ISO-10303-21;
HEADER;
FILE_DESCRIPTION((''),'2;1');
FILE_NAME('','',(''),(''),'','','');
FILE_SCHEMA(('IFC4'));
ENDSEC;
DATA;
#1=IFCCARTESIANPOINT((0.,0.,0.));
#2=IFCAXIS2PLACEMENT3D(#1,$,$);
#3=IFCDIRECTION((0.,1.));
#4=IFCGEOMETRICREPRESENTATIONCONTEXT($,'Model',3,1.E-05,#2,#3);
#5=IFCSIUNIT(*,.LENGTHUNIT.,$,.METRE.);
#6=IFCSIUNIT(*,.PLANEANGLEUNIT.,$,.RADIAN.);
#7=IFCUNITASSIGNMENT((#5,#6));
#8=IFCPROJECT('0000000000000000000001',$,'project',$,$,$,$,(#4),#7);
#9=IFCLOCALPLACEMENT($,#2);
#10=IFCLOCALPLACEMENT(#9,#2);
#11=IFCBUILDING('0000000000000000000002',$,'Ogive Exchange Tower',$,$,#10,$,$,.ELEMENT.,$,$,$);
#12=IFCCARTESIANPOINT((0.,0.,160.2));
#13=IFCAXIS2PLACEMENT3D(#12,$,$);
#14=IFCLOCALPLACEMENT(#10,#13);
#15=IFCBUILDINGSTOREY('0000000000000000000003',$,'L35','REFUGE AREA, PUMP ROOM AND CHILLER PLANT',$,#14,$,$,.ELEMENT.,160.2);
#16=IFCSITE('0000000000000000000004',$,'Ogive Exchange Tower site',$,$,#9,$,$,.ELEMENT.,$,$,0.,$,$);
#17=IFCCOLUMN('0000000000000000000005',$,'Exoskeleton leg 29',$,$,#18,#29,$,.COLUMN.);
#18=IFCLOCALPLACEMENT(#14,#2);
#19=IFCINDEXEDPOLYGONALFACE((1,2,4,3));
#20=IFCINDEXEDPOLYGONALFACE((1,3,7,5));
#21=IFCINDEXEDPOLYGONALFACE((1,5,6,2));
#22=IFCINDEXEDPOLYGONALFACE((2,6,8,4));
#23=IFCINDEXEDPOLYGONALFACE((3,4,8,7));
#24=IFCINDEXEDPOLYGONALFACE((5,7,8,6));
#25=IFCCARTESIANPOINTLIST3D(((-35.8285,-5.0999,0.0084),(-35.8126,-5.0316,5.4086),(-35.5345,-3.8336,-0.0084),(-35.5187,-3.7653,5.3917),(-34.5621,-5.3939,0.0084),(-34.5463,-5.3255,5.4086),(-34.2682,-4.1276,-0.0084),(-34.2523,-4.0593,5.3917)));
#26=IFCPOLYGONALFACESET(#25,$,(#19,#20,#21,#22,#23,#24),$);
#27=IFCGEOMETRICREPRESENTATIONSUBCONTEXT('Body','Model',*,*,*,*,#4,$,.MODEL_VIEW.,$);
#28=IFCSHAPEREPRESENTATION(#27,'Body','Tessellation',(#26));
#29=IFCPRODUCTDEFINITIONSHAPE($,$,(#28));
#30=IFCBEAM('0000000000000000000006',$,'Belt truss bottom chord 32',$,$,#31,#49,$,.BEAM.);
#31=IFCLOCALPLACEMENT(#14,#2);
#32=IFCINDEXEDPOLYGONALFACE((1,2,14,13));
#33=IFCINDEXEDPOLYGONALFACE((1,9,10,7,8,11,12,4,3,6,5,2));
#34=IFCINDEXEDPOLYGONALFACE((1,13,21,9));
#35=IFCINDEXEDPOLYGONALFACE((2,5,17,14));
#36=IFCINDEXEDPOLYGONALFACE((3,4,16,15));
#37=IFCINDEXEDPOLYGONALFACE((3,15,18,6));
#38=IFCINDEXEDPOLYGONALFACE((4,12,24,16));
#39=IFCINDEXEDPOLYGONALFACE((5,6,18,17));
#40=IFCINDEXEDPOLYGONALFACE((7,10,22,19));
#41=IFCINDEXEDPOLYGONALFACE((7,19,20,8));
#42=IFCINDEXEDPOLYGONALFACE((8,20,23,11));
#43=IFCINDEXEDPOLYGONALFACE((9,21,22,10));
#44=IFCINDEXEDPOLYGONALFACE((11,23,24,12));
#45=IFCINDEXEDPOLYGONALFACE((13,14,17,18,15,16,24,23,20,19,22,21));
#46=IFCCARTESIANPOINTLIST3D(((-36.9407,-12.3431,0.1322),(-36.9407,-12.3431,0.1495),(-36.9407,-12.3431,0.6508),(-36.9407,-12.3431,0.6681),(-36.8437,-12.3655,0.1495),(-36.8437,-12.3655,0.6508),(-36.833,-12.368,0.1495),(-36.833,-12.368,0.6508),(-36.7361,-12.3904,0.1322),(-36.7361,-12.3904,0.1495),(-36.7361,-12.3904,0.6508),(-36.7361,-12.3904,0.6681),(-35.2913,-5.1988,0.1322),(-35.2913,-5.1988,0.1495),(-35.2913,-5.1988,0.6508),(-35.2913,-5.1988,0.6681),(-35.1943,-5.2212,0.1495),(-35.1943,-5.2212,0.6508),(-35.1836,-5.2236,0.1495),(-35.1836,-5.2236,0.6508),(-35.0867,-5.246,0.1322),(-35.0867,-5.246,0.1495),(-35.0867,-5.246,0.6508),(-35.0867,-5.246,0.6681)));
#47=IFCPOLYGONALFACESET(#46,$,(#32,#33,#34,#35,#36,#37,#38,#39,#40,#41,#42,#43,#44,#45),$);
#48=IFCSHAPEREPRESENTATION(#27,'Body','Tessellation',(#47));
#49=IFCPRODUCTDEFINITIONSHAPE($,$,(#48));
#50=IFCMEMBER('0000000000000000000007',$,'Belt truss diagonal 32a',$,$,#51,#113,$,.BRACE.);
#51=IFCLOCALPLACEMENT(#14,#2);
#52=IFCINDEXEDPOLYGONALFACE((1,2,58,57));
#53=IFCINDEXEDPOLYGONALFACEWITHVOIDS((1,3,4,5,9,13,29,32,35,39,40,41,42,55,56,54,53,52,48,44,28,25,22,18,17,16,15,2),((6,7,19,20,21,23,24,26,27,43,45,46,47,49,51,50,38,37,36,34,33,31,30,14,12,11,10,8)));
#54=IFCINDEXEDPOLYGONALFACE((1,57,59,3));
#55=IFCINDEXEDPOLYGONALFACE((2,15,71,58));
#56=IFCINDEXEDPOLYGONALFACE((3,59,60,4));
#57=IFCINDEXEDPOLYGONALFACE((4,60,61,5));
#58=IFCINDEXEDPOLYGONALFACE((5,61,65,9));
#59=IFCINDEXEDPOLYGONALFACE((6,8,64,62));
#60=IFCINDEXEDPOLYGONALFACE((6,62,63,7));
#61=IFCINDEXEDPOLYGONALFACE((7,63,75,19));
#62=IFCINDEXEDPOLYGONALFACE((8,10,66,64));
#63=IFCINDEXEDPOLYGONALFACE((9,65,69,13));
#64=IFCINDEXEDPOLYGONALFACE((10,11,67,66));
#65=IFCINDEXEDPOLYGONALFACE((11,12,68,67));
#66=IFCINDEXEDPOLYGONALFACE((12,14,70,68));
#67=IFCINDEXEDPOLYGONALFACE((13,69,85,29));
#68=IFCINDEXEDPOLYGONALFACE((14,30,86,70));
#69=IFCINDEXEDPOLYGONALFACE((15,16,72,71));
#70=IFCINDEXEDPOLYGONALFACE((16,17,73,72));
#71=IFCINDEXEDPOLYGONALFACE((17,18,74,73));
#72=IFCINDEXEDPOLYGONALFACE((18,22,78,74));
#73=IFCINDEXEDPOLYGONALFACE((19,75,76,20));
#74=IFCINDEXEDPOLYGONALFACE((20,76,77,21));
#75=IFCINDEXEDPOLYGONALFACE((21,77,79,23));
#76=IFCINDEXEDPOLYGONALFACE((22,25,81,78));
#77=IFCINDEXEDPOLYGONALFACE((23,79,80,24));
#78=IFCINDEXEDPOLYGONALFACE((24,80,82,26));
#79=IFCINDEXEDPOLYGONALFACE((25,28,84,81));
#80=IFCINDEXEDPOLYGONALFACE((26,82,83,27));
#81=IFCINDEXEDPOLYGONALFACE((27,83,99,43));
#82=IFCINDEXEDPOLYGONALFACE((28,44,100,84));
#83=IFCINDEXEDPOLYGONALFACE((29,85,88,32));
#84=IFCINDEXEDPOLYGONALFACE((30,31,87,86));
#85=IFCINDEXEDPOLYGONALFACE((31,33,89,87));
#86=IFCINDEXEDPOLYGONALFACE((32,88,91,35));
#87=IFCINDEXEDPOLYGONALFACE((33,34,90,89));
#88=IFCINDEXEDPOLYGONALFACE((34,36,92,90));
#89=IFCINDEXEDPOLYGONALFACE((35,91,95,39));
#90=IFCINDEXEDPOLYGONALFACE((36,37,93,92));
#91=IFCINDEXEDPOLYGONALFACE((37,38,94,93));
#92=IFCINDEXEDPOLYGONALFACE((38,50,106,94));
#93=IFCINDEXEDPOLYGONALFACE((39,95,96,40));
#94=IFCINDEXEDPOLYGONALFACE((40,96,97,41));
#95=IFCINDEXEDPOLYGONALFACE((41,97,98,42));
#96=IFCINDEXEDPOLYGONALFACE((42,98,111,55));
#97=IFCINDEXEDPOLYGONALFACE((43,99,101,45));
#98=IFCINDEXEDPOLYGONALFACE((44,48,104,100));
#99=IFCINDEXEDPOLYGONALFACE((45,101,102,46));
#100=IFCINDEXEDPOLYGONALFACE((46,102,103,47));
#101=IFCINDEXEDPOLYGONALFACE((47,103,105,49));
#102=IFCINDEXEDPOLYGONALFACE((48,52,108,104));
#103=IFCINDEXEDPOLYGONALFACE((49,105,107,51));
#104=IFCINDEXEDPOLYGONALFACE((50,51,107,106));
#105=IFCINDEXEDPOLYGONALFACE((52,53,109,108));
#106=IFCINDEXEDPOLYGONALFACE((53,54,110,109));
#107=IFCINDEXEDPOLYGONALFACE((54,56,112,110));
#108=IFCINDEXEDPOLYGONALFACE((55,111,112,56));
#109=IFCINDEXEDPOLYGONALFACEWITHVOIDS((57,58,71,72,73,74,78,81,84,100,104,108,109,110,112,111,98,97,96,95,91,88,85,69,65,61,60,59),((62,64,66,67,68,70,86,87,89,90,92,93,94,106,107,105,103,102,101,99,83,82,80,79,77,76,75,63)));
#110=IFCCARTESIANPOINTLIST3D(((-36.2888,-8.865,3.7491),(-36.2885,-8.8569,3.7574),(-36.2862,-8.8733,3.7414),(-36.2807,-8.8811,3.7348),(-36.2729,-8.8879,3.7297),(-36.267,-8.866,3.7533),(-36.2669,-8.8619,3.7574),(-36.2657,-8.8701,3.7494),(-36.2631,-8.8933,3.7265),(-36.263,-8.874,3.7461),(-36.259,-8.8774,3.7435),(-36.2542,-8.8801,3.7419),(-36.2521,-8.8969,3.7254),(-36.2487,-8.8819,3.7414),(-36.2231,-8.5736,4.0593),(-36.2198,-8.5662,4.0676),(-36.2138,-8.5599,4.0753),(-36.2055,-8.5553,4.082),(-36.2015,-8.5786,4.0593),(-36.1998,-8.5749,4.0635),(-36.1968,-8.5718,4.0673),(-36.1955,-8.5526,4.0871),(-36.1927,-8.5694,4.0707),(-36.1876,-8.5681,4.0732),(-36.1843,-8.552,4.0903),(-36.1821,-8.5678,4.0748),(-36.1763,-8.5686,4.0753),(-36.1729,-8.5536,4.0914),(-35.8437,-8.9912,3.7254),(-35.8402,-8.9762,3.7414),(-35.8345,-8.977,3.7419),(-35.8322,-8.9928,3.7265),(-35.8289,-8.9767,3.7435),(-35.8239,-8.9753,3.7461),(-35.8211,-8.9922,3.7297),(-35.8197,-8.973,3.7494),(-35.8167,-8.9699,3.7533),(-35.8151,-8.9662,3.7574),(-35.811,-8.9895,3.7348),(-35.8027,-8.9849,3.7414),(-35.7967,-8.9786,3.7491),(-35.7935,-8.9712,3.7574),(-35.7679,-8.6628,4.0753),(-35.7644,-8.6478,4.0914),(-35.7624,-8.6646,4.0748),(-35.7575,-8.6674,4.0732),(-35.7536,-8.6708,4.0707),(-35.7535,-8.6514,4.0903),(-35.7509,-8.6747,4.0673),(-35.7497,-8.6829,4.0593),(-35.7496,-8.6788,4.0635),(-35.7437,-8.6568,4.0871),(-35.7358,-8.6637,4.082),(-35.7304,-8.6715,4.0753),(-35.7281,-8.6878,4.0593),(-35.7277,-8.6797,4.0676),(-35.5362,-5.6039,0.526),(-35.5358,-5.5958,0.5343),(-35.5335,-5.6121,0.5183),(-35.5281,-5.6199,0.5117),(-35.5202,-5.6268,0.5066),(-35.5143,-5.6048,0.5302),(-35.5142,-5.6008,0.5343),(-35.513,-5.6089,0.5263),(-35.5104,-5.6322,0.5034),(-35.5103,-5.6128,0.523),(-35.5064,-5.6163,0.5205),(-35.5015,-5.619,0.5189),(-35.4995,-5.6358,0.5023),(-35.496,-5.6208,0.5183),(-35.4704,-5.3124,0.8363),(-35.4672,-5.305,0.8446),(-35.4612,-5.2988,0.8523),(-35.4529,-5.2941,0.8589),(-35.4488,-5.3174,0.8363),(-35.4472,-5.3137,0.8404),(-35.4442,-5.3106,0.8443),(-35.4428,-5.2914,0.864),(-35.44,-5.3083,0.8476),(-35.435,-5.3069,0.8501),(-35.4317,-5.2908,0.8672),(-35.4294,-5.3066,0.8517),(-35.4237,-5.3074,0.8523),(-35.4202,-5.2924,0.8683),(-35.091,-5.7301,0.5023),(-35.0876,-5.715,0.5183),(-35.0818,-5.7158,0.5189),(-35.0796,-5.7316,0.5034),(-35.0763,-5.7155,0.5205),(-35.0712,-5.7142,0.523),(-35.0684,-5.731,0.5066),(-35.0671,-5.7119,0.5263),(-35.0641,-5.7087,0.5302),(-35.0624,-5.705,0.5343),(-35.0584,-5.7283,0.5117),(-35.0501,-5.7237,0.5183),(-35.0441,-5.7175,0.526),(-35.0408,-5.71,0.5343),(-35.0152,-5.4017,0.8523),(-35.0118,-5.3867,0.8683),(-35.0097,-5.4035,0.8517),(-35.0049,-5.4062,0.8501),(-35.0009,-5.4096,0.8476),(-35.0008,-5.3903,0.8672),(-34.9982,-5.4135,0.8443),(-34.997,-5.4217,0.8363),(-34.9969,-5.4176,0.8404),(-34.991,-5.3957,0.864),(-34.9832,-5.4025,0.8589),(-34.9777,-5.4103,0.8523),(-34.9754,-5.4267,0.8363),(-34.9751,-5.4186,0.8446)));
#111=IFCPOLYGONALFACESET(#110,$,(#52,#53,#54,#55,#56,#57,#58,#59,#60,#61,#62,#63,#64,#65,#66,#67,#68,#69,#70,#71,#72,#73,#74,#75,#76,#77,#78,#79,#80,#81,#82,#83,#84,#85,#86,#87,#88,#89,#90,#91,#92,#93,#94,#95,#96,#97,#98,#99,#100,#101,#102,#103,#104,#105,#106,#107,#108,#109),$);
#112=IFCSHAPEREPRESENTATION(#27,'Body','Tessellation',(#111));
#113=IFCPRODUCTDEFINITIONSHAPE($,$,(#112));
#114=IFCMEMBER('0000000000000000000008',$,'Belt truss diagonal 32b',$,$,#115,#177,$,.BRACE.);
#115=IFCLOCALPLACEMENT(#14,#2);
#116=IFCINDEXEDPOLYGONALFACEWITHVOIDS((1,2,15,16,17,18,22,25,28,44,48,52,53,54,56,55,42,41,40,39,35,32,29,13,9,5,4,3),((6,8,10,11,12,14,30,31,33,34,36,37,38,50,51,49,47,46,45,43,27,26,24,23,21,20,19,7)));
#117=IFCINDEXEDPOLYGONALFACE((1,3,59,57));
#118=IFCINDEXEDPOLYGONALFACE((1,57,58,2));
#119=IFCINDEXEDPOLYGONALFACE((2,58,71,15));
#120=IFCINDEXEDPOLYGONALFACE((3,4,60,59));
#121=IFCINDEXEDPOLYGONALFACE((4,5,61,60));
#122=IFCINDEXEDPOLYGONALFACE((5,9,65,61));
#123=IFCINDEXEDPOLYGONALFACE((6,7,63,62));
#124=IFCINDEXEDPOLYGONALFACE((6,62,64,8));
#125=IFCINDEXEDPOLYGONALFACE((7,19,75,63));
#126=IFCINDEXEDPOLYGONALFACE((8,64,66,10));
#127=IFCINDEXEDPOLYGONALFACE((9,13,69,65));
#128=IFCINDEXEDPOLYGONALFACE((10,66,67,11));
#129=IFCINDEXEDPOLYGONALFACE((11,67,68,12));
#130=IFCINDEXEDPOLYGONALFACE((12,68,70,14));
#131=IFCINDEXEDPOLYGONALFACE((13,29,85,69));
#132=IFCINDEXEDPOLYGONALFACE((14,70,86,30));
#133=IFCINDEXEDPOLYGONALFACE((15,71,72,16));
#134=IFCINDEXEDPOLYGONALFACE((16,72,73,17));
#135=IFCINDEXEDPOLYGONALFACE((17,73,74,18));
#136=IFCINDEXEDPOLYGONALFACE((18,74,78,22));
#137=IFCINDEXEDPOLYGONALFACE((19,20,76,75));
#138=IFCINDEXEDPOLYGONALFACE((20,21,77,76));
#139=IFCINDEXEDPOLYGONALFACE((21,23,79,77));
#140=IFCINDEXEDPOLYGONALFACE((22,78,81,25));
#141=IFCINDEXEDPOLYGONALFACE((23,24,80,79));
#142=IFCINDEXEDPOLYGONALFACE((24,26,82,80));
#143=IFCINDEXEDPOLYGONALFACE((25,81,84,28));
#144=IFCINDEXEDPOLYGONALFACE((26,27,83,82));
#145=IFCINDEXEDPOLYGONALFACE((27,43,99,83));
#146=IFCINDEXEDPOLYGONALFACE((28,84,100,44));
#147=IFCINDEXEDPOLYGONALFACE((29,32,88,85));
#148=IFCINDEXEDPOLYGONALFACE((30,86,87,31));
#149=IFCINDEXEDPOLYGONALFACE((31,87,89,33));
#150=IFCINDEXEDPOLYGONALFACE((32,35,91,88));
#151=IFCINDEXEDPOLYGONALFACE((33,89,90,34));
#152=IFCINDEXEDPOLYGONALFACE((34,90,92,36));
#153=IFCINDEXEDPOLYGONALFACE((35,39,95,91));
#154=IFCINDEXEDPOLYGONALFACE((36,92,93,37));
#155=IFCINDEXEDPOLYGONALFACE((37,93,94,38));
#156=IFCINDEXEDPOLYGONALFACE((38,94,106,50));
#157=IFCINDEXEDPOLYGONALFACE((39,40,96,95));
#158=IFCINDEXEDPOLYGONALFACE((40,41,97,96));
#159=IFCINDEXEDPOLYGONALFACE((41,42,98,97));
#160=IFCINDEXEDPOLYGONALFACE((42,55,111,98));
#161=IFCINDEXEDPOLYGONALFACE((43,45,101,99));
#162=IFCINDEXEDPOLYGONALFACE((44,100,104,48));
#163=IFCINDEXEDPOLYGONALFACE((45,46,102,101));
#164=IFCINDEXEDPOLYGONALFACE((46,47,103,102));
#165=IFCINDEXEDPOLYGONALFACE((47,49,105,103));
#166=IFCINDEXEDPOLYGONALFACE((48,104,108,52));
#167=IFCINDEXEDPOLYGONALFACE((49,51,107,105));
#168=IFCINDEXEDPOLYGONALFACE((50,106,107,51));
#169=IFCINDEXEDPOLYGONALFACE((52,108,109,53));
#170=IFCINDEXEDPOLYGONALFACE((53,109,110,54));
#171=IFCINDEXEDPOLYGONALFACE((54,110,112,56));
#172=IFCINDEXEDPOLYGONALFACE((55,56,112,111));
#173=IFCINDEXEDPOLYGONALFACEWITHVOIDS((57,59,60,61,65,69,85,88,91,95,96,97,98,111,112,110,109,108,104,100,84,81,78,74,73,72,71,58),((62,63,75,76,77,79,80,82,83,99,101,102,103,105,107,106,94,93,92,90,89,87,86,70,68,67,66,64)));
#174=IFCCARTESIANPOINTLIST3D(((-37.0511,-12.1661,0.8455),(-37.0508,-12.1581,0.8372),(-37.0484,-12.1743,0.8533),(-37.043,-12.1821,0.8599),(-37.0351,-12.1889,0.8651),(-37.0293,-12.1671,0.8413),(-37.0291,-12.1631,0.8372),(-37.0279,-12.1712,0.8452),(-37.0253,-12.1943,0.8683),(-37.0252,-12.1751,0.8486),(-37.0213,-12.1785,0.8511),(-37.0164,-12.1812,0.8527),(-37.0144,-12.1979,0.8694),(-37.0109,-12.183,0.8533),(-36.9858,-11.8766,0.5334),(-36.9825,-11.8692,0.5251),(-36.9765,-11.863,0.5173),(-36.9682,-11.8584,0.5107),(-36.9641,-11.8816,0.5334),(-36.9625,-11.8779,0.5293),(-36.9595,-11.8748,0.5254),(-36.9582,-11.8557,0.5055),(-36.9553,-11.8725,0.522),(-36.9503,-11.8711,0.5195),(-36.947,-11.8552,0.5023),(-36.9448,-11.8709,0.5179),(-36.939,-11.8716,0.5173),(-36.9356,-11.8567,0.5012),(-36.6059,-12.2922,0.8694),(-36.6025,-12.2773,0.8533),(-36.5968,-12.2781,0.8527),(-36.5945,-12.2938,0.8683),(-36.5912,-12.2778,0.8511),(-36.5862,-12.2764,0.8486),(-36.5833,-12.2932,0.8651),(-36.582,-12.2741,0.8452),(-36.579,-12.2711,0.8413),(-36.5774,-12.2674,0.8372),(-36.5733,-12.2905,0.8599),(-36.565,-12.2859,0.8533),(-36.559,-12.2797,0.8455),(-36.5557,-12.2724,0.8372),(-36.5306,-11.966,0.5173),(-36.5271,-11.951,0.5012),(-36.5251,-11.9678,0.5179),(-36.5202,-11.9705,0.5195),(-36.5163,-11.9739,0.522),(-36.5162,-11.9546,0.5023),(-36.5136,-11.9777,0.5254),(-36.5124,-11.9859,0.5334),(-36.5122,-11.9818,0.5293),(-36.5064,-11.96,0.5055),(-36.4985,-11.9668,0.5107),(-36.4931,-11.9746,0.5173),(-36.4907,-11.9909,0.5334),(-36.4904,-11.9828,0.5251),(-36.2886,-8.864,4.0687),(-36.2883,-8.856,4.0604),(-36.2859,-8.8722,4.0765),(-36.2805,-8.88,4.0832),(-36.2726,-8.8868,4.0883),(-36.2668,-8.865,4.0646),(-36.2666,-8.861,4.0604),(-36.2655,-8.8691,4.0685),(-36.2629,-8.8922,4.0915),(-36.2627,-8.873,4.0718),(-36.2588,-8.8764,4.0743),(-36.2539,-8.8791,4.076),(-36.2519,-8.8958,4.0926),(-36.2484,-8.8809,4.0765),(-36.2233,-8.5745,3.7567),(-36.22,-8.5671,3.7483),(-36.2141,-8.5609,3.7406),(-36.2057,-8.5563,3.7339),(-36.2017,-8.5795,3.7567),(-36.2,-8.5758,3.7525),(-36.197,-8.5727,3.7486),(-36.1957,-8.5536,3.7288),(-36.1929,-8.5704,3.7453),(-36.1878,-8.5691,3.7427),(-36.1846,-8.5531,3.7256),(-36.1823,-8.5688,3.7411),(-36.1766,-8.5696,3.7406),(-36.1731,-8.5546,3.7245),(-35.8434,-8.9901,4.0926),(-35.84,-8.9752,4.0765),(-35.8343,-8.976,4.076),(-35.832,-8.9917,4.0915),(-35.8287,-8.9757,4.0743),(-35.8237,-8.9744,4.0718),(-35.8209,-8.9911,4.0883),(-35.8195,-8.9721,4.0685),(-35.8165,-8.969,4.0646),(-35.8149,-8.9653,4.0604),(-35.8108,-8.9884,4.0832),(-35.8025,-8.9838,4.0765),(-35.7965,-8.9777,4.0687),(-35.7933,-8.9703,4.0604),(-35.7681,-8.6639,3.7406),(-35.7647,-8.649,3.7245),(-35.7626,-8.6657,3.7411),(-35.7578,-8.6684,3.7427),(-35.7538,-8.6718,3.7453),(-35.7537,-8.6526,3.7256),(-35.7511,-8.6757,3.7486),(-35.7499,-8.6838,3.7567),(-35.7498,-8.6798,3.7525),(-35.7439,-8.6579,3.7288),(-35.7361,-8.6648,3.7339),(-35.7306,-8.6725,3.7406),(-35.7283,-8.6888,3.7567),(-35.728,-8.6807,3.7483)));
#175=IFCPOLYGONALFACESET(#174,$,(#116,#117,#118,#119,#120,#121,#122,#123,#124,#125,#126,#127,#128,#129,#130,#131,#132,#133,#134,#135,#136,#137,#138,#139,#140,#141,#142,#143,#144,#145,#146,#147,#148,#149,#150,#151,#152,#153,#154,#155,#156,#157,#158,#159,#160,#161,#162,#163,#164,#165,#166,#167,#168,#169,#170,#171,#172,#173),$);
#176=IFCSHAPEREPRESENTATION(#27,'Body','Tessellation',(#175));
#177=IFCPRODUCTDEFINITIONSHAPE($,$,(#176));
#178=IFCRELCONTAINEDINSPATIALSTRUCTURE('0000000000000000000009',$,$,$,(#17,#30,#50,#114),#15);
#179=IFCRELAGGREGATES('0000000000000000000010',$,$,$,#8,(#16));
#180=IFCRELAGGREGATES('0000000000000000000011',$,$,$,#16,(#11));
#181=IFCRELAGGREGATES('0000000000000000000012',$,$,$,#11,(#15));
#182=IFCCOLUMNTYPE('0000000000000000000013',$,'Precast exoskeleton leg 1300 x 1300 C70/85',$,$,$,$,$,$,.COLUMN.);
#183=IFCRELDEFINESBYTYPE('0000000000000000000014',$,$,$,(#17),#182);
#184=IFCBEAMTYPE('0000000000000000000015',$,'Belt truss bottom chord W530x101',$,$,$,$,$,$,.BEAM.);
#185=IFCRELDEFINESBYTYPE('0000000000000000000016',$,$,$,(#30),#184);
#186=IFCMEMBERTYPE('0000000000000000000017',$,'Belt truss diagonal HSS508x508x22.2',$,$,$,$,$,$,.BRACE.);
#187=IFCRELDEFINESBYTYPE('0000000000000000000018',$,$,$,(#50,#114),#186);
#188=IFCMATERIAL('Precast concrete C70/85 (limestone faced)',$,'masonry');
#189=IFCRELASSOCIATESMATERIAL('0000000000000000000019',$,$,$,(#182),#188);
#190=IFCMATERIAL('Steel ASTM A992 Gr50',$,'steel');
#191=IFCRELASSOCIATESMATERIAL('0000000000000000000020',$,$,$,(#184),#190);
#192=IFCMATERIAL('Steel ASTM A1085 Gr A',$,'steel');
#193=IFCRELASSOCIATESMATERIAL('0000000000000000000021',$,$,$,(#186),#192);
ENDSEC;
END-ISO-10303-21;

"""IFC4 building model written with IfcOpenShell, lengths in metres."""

from ifc_helpers import new_model, si_unit, direction, frame, origin, origin_2d, place, context, subcontext, project, spatial, rectangle, hollow_rectangle, i_section, extrude, material, material_profile, profile_set, type_object, element, save


model = new_model("IFC4")

# Units and contexts
model_context = context("Model", 3, precision=1e-05, world=origin(), true_north=direction((0.0, 1.0)))
body_context = subcontext(model_context, "Body", "Model", "MODEL_VIEW")
ifc_project = project(units=[si_unit("LENGTHUNIT", "METRE"), si_unit("PLANEANGLEUNIT", "RADIAN")], contexts=[model_context])

# Site, building, storey
site_placement = place(None, origin())
site = spatial("IfcSite", under=ifc_project, at=site_placement, Name="Ogive Exchange Tower site", CompositionType="ELEMENT", RefElevation=0.0)
building_placement = place(site_placement, origin())
building = spatial("IfcBuilding", under=site, at=building_placement, Name="Ogive Exchange Tower", CompositionType="ELEMENT")
storey_placement = place(building_placement, frame((0.0, 0.0, 160.2)))
storey = spatial("IfcBuildingStorey", under=building, at=storey_placement, Name="L35", Description="REFUGE AREA, PUMP ROOM AND CHILLER PLANT", CompositionType="ELEMENT", Elevation=160.2)

# Column
ifc_material_1 = material(Name="Precast concrete C70/85 (limestone faced)", Category="masonry")
ifc_material_profile_1 = material_profile(ifc_material_1, rectangle(XDim=1.3, YDim=1.3, at=origin_2d()), Name="1300 x 1300")
ifc_profile_set_1 = profile_set([ifc_material_profile_1], Name="Precast concrete C70/85 (limestone faced)")
column_type = type_object("IfcColumnType", Name="Precast exoskeleton leg 1300 x 1300 C70/85", PredefinedType="COLUMN", material=ifc_profile_set_1)
column_placement = place(storey_placement, frame((-35.0483, -4.6138, 0.0), z_axis=(0.002938, 0.012658, 0.999916), x_axis=(-0.974097, 0.22613, 0.0)))
element("IfcColumn", 1, at=column_placement, inside=storey, type_object=column_type, Name="Exoskeleton leg 29", PredefinedType="COLUMN", context=body_context, shape_type="SweptSolid", body=[
    extrude(rectangle(XDim=1.3, YDim=1.3, at=origin_2d()), origin(), (0.0, 0.0, 1.0), 5.4006),
])

# Beam
ifc_material_2 = material(Name="Steel ASTM A992 Gr50", Category="steel")
ifc_material_profile_2 = material_profile(ifc_material_2, i_section(OverallWidth=0.21, OverallDepth=0.5359, WebThickness=0.011, FlangeThickness=0.0173, at=origin_2d()), Name="W530x101")
ifc_profile_set_2 = profile_set([ifc_material_profile_2], Name="Steel ASTM A992 Gr50")
beam_type_1 = type_object("IfcBeamType", Name="Belt truss bottom chord W530x101", PredefinedType="BEAM", material=ifc_profile_set_2)
beam_1_placement = place(storey_placement, frame((-35.189, -5.2224, 0.4001), z_axis=(-0.224954, -0.974369, 0.0), x_axis=(0.974369, -0.224954, 0.0)))
element("IfcBeam", 2, at=beam_1_placement, inside=storey, type_object=beam_type_1, Name="Belt truss bottom chord 32", PredefinedType="BEAM", context=body_context, shape_type="SweptSolid", body=[
    extrude(i_section(OverallWidth=0.21, OverallDepth=0.5359, WebThickness=0.011, FlangeThickness=0.0173, at=origin_2d()), origin(), (0.0, 0.0, 1.0), 7.3323),
])

# Members
ifc_material_3 = material(Name="Steel ASTM A1085 Gr A", Category="steel")
ifc_material_profile_3 = material_profile(ifc_material_3, hollow_rectangle(XDim=0.5081, YDim=0.5081, WallThickness=0.0222, InnerFilletRadius=0.0222, OuterFilletRadius=0.0444, at=origin_2d()), Name="HSS508x508x22.2")
ifc_profile_set_3 = profile_set([ifc_material_profile_3], Name="Steel ASTM A1085 Gr A")
member_type_1 = type_object("IfcMemberType", Name="Belt truss diagonal HSS508x508x22.2", PredefinedType="BRACE", material=ifc_profile_set_3)
member_1_placement = place(storey_placement, frame((-35.2556, -5.5112, 0.6853), z_axis=(-0.161987, -0.701854, 0.693658), x_axis=(0.974385, -0.224886, 0.0)))
element("IfcMember", 3, at=member_1_placement, inside=storey, type_object=member_type_1, Name="Belt truss diagonal 32a", PredefinedType="BRACE", context=body_context, shape_type="SweptSolid", body=[
    extrude(hollow_rectangle(XDim=0.5081, YDim=0.5081, WallThickness=0.0222, InnerFilletRadius=0.0222, OuterFilletRadius=0.0444, at=origin_2d()), origin(), (0.0, 0.0, 1.0), 4.6465),
])
member_2_placement = place(storey_placement, frame((-36.7708, -12.0745, 0.6853), z_axis=(0.163026, 0.706027, 0.689165), x_axis=(-0.974362, 0.224986, 0.0)))
element("IfcMember", 4, at=member_2_placement, inside=storey, type_object=member_type_1, Name="Belt truss diagonal 32b", PredefinedType="BRACE", context=body_context, shape_type="SweptSolid", body=[
    extrude(hollow_rectangle(XDim=0.5081, YDim=0.5081, WallThickness=0.0222, InnerFilletRadius=0.0222, OuterFilletRadius=0.0444, at=origin_2d()), origin(), (0.0, 0.0, 1.0), 4.677),
])

save(model, "model.ifc")
